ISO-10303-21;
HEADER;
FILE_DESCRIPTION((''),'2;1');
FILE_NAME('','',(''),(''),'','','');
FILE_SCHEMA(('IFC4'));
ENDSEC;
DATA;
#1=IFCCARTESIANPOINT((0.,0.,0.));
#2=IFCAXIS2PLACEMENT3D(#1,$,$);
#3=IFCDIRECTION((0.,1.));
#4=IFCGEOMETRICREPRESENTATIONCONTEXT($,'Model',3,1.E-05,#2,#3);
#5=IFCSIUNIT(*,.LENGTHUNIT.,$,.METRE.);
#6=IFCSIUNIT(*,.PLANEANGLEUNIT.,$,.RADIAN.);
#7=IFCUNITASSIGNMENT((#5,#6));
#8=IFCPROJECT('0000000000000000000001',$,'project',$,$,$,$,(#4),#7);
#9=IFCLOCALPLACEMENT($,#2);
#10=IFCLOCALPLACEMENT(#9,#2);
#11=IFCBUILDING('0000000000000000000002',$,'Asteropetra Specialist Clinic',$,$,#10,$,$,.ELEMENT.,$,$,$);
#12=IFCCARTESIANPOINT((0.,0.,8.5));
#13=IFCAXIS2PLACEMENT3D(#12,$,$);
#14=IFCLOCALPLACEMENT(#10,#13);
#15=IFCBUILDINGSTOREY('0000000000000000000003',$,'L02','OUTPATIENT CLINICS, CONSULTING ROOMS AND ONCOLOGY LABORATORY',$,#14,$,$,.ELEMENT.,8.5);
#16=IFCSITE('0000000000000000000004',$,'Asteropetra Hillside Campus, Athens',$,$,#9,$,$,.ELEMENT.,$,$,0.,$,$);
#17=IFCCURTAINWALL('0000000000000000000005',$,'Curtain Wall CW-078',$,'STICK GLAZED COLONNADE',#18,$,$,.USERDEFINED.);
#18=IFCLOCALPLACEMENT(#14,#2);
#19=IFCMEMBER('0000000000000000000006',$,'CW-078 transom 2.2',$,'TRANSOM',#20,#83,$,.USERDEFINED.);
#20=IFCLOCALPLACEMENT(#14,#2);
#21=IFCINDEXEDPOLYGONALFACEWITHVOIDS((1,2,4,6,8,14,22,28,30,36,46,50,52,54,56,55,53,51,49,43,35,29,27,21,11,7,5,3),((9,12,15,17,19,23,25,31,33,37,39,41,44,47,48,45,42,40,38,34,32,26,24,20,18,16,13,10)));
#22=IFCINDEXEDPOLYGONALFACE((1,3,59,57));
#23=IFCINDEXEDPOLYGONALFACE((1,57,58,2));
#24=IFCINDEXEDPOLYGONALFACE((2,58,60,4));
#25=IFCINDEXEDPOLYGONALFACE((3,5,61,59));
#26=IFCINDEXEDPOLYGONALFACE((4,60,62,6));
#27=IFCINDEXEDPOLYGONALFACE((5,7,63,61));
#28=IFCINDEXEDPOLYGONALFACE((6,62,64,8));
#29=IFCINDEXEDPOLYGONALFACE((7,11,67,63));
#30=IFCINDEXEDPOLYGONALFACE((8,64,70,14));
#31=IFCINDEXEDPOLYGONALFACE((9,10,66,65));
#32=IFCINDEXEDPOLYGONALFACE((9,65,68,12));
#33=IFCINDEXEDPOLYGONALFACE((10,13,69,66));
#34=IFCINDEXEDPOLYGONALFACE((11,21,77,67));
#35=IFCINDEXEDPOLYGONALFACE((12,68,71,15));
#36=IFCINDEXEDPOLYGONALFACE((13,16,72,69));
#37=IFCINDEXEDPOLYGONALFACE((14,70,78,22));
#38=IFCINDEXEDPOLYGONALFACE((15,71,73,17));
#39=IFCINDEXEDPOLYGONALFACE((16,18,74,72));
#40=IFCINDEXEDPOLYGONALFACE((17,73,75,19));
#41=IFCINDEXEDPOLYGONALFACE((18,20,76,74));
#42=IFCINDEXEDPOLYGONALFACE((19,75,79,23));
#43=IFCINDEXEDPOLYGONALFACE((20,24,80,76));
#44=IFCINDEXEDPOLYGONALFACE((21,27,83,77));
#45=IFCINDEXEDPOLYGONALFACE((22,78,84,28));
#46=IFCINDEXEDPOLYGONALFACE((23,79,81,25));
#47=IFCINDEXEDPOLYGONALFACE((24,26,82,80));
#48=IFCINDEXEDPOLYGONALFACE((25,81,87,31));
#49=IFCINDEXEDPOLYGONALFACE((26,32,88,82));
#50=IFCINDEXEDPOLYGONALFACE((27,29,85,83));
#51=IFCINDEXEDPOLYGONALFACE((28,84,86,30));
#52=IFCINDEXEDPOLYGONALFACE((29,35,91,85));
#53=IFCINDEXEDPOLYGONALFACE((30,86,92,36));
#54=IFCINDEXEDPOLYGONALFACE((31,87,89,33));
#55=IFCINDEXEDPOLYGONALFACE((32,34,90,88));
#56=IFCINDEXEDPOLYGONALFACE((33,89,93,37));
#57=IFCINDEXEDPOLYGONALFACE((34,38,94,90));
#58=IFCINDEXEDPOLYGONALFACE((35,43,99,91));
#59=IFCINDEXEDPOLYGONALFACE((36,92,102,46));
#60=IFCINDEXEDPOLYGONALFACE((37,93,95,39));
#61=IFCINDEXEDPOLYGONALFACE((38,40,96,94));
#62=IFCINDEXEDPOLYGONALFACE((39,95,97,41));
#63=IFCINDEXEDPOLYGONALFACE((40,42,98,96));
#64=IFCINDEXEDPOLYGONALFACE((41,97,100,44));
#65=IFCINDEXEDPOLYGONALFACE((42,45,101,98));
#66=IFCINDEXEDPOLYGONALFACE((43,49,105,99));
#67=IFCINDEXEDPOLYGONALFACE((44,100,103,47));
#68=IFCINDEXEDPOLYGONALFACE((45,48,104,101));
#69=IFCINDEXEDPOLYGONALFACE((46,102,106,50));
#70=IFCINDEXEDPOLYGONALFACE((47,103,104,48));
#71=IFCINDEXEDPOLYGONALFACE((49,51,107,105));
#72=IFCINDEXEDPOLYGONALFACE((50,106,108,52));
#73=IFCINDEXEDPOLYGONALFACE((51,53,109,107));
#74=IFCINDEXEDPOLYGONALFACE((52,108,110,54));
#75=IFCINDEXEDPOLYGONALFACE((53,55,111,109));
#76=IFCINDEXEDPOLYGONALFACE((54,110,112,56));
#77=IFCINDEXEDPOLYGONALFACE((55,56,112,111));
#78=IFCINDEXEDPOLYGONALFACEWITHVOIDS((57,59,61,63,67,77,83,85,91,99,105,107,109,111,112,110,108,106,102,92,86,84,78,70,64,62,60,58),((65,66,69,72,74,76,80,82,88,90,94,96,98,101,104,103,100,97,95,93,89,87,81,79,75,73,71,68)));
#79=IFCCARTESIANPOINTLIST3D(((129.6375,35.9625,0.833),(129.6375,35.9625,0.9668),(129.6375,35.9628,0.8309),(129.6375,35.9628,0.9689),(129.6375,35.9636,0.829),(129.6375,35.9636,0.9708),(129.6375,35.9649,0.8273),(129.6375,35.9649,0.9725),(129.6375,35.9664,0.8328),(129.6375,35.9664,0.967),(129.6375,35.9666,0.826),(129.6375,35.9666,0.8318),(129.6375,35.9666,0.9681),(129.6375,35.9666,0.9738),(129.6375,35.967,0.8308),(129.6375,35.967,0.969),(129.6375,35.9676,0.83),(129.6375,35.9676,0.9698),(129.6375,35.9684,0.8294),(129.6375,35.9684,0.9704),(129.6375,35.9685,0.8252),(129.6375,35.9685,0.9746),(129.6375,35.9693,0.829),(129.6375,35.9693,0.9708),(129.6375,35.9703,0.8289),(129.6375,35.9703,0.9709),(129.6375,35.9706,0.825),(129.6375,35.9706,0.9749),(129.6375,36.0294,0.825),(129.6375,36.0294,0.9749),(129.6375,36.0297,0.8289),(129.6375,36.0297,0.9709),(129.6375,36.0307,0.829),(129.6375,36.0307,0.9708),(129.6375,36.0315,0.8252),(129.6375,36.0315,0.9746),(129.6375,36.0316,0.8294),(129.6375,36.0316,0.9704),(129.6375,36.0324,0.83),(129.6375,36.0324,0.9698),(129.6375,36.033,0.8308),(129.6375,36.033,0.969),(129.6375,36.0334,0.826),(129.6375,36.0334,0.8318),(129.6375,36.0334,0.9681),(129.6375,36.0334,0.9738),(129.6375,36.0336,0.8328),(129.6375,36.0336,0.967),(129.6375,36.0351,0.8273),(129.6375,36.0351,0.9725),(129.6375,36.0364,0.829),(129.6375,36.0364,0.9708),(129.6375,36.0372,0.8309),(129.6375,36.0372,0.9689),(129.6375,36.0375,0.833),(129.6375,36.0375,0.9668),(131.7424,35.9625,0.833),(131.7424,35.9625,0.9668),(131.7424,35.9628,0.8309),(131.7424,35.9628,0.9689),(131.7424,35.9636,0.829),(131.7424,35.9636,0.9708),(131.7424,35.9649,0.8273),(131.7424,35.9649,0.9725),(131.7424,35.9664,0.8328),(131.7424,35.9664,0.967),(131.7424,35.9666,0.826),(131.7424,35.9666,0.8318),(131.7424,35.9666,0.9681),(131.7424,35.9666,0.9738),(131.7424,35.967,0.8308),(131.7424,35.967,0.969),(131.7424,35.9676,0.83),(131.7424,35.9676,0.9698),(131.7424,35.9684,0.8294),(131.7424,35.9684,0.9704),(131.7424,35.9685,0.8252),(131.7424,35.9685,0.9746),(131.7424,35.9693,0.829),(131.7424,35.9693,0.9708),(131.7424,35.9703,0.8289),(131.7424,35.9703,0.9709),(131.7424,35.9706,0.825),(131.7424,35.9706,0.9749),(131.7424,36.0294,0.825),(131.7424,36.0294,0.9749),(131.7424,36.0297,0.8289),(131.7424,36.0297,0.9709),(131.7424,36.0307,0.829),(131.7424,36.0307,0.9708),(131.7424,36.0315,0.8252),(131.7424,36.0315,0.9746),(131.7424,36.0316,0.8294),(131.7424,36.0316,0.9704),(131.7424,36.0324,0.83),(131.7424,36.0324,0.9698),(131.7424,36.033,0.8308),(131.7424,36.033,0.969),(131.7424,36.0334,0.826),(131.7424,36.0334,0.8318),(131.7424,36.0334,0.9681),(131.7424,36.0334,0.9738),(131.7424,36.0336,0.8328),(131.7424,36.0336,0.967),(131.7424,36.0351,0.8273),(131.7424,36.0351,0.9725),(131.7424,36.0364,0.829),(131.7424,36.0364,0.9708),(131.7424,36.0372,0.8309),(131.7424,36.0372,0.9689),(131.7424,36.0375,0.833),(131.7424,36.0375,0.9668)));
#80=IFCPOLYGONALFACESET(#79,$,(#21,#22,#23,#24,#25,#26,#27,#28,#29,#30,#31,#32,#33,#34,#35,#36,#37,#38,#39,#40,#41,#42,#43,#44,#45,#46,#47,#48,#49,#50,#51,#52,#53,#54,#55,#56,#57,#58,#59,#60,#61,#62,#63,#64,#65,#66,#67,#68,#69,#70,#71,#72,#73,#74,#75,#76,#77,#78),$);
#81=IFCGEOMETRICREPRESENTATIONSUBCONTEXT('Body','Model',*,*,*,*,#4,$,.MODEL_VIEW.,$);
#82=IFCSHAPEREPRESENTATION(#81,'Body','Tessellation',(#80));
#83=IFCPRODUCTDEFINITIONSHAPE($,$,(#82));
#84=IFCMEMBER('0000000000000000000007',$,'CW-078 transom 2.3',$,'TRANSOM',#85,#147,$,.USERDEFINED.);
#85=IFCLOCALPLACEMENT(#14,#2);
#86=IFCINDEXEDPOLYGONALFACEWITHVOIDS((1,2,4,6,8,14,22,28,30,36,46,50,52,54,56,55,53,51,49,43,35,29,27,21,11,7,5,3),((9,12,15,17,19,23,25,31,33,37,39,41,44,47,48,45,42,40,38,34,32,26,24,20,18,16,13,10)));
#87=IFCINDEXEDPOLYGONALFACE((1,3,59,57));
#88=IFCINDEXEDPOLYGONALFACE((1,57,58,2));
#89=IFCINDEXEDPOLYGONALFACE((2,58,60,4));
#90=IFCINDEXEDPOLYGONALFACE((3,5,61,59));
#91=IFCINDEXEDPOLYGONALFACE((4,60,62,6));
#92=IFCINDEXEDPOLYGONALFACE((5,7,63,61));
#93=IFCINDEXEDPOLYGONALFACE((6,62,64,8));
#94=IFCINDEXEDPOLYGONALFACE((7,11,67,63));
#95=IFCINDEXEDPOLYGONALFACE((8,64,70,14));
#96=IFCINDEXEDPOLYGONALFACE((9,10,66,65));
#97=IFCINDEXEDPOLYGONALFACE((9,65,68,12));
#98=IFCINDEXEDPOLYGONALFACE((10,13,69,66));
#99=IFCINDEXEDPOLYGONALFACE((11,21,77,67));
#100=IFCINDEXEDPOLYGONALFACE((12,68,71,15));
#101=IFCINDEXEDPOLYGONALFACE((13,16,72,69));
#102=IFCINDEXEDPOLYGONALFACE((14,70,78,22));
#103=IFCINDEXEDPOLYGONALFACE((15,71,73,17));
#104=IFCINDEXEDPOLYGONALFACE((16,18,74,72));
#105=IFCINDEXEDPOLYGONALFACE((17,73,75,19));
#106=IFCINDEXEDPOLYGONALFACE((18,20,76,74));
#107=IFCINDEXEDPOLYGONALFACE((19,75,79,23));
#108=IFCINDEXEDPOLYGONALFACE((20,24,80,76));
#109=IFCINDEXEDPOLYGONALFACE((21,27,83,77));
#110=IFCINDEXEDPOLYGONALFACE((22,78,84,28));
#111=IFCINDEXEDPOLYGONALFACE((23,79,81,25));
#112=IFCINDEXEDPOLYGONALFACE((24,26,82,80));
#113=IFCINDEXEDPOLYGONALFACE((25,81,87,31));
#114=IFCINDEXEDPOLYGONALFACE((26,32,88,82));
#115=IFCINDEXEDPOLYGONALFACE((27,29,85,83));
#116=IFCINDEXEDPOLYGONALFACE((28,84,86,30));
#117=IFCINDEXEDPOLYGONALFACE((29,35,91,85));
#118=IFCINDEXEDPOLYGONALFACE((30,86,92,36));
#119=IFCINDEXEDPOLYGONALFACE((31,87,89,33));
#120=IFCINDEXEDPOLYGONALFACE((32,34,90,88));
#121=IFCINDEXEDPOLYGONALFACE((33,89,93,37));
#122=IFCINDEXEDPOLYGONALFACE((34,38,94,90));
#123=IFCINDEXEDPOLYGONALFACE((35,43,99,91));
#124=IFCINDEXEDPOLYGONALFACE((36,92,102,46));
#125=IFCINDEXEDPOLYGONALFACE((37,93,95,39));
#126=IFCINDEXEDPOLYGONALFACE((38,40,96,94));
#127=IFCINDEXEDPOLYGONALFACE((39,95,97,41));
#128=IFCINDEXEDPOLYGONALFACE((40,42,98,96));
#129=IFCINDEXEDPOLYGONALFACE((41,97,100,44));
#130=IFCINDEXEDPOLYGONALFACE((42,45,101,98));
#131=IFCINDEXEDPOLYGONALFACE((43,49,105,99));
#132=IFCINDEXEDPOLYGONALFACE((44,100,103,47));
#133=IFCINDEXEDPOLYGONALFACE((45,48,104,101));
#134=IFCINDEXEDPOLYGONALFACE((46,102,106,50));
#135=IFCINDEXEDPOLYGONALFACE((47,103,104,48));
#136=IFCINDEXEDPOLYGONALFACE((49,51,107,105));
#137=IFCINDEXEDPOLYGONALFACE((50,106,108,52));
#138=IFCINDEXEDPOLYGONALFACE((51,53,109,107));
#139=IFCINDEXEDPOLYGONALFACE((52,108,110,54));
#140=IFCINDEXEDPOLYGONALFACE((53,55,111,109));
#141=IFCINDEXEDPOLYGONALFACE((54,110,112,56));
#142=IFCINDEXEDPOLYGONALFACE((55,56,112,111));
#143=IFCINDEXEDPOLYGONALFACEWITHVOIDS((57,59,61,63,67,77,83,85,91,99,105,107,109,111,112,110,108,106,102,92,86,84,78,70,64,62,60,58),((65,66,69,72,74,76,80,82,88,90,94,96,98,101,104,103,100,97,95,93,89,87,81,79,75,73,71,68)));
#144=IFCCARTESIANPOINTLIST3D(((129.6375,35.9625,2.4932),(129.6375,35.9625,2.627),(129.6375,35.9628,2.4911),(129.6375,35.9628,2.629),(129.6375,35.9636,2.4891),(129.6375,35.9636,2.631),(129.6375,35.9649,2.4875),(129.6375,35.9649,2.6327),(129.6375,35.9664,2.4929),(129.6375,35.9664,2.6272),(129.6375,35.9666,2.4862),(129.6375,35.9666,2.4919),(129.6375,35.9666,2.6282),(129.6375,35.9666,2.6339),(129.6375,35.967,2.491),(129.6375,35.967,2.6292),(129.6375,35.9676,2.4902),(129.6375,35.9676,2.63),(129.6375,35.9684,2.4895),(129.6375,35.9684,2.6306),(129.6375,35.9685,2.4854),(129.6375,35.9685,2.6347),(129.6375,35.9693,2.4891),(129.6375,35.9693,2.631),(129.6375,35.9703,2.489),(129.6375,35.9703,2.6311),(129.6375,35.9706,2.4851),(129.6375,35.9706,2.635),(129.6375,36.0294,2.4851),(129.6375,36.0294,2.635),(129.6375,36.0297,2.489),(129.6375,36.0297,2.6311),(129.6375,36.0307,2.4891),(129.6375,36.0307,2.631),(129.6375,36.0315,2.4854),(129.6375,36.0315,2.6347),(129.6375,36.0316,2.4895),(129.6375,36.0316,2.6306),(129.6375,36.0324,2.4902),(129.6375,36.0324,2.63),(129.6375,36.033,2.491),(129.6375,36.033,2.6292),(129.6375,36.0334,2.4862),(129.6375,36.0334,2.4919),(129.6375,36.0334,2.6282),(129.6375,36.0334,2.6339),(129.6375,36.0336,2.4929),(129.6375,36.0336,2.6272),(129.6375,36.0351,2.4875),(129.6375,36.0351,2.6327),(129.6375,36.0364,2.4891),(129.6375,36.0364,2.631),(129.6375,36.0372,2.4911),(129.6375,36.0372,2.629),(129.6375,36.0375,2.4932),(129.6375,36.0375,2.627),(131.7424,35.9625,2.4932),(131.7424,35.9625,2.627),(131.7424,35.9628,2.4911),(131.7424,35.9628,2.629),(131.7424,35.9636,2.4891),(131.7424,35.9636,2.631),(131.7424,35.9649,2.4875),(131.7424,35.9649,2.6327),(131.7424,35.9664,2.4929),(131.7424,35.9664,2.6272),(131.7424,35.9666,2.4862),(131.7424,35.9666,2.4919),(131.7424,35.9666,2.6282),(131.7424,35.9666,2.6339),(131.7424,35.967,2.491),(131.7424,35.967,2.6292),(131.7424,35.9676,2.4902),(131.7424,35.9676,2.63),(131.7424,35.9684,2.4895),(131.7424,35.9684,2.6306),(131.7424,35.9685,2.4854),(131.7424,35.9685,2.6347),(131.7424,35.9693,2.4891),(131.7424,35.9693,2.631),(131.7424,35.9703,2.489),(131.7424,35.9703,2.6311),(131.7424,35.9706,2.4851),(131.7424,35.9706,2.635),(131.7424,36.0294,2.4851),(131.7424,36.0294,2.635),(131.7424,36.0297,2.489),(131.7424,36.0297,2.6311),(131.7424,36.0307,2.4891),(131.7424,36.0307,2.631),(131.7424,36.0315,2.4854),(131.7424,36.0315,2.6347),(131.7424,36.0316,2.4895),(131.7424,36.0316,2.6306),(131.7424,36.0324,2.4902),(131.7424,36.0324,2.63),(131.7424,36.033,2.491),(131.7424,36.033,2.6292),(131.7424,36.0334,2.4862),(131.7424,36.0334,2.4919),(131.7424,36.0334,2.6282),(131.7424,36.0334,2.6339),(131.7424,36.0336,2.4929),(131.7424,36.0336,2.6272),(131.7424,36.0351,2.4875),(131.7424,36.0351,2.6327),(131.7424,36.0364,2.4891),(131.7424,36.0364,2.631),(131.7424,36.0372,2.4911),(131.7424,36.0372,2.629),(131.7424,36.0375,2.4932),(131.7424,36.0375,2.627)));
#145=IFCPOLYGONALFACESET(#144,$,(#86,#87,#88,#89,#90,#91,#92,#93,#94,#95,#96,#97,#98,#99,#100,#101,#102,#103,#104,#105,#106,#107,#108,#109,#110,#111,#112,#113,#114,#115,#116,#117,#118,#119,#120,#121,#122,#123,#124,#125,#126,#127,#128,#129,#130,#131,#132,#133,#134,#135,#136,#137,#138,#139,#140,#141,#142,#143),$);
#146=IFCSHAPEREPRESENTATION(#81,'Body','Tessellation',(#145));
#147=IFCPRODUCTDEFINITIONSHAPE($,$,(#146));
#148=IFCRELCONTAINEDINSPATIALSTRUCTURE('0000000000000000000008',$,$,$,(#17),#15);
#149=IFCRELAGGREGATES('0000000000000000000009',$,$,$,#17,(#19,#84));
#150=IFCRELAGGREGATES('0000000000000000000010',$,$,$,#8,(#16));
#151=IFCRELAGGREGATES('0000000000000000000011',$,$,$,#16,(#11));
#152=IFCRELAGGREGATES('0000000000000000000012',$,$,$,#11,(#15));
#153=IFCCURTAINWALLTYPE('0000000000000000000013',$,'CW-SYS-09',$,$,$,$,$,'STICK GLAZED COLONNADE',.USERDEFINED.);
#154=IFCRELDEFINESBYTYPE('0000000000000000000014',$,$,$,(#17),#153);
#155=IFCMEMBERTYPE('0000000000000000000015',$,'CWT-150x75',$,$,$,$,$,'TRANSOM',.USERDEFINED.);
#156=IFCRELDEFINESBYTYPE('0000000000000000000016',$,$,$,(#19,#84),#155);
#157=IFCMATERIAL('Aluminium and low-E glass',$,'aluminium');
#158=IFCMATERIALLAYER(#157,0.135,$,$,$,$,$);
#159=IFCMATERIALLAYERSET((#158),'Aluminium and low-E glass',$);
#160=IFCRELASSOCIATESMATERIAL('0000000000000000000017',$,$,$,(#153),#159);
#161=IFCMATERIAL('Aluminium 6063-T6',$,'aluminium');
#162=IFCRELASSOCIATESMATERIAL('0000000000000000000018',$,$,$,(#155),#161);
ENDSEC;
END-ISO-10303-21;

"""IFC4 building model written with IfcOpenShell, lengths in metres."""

from ifc_helpers import new_model, si_unit, direction, frame, origin, origin_2d, place, context, subcontext, project, spatial, hollow_rectangle, extrude, material, layer, layer_set, material_profile, profile_set, type_object, element, aggregate, save


model = new_model("IFC4")

# Units and contexts
model_context = context("Model", 3, precision=1e-05, world=origin(), true_north=direction((0.0, 1.0)))
body_context = subcontext(model_context, "Body", "Model", "MODEL_VIEW")
ifc_project = project(units=[si_unit("LENGTHUNIT", "METRE"), si_unit("PLANEANGLEUNIT", "RADIAN")], contexts=[model_context])

# Site, building, storey
site_placement = place(None, origin())
site = spatial("IfcSite", under=ifc_project, at=site_placement, Name="Asteropetra Hillside Campus, Athens", CompositionType="ELEMENT", RefElevation=0.0)
building_placement = place(site_placement, origin())
building = spatial("IfcBuilding", under=site, at=building_placement, Name="Asteropetra Specialist Clinic", CompositionType="ELEMENT")
storey_placement = place(building_placement, frame((0.0, 0.0, 8.5)))
storey = spatial("IfcBuildingStorey", under=building, at=storey_placement, Name="L02", Description="OUTPATIENT CLINICS, CONSULTING ROOMS AND ONCOLOGY LABORATORY", CompositionType="ELEMENT", Elevation=8.5)

# Curtain wall
ifc_material_1 = material(Name="Aluminium and low-E glass", Category="aluminium")
ifc_layer_1 = layer(ifc_material_1, 0.135)
ifc_layer_set_1 = layer_set([ifc_layer_1], Name="Aluminium and low-E glass")
curtain_wall_type_1 = type_object("IfcCurtainWallType", Name="CW-SYS-09", ElementType="STICK GLAZED COLONNADE", PredefinedType="USERDEFINED", material=ifc_layer_set_1)
curtain_wall_1_placement = place(storey_placement, origin())
curtain_wall_1 = element("IfcCurtainWall", 1, at=curtain_wall_1_placement, inside=storey, type_object=curtain_wall_type_1, Name="Curtain Wall CW-078", ObjectType="STICK GLAZED COLONNADE", PredefinedType="USERDEFINED")

# Members
ifc_material_2 = material(Name="Aluminium 6063-T6", Category="aluminium")
ifc_material_profile_1 = material_profile(ifc_material_2, hollow_rectangle(XDim=0.075, YDim=0.1499, WallThickness=0.0039, InnerFilletRadius=0.0039, OuterFilletRadius=0.0081, at=origin_2d()), Name="TRN 150x75x4.0")
ifc_profile_set_1 = profile_set([ifc_material_profile_1], Name="Aluminium 6063-T6")
member_type_1 = type_object("IfcMemberType", Name="CWT-150x75", ElementType="TRANSOM", PredefinedType="USERDEFINED", material=ifc_profile_set_1)
member_1_placement = place(storey_placement, frame((131.7424, 36.0, 0.8999), z_axis=(-1.0, 0.0, 0.0), x_axis=(0.0, -1.0, 0.0)))
member_1 = element("IfcMember", 2, at=member_1_placement, type_object=member_type_1, Name="CW-078 transom 2.2", ObjectType="TRANSOM", PredefinedType="USERDEFINED", context=body_context, shape_type="SweptSolid", body=[
    extrude(hollow_rectangle(XDim=0.075, YDim=0.1499, WallThickness=0.0039, InnerFilletRadius=0.0039, OuterFilletRadius=0.0081, at=origin_2d()), origin(), (0.0, 0.0, 1.0), 2.105),
])
member_2_placement = place(storey_placement, frame((131.7424, 36.0, 2.5601), z_axis=(-1.0, 0.0, 0.0), x_axis=(0.0, -1.0, 0.0)))
member_2 = element("IfcMember", 3, at=member_2_placement, type_object=member_type_1, Name="CW-078 transom 2.3", ObjectType="TRANSOM", PredefinedType="USERDEFINED", context=body_context, shape_type="SweptSolid", body=[
    extrude(hollow_rectangle(XDim=0.075, YDim=0.1499, WallThickness=0.0039, InnerFilletRadius=0.0039, OuterFilletRadius=0.0081, at=origin_2d()), origin(), (0.0, 0.0, 1.0), 2.105),
])

aggregate(curtain_wall_1, [member_1, member_2])

save(model, "model.ifc")
